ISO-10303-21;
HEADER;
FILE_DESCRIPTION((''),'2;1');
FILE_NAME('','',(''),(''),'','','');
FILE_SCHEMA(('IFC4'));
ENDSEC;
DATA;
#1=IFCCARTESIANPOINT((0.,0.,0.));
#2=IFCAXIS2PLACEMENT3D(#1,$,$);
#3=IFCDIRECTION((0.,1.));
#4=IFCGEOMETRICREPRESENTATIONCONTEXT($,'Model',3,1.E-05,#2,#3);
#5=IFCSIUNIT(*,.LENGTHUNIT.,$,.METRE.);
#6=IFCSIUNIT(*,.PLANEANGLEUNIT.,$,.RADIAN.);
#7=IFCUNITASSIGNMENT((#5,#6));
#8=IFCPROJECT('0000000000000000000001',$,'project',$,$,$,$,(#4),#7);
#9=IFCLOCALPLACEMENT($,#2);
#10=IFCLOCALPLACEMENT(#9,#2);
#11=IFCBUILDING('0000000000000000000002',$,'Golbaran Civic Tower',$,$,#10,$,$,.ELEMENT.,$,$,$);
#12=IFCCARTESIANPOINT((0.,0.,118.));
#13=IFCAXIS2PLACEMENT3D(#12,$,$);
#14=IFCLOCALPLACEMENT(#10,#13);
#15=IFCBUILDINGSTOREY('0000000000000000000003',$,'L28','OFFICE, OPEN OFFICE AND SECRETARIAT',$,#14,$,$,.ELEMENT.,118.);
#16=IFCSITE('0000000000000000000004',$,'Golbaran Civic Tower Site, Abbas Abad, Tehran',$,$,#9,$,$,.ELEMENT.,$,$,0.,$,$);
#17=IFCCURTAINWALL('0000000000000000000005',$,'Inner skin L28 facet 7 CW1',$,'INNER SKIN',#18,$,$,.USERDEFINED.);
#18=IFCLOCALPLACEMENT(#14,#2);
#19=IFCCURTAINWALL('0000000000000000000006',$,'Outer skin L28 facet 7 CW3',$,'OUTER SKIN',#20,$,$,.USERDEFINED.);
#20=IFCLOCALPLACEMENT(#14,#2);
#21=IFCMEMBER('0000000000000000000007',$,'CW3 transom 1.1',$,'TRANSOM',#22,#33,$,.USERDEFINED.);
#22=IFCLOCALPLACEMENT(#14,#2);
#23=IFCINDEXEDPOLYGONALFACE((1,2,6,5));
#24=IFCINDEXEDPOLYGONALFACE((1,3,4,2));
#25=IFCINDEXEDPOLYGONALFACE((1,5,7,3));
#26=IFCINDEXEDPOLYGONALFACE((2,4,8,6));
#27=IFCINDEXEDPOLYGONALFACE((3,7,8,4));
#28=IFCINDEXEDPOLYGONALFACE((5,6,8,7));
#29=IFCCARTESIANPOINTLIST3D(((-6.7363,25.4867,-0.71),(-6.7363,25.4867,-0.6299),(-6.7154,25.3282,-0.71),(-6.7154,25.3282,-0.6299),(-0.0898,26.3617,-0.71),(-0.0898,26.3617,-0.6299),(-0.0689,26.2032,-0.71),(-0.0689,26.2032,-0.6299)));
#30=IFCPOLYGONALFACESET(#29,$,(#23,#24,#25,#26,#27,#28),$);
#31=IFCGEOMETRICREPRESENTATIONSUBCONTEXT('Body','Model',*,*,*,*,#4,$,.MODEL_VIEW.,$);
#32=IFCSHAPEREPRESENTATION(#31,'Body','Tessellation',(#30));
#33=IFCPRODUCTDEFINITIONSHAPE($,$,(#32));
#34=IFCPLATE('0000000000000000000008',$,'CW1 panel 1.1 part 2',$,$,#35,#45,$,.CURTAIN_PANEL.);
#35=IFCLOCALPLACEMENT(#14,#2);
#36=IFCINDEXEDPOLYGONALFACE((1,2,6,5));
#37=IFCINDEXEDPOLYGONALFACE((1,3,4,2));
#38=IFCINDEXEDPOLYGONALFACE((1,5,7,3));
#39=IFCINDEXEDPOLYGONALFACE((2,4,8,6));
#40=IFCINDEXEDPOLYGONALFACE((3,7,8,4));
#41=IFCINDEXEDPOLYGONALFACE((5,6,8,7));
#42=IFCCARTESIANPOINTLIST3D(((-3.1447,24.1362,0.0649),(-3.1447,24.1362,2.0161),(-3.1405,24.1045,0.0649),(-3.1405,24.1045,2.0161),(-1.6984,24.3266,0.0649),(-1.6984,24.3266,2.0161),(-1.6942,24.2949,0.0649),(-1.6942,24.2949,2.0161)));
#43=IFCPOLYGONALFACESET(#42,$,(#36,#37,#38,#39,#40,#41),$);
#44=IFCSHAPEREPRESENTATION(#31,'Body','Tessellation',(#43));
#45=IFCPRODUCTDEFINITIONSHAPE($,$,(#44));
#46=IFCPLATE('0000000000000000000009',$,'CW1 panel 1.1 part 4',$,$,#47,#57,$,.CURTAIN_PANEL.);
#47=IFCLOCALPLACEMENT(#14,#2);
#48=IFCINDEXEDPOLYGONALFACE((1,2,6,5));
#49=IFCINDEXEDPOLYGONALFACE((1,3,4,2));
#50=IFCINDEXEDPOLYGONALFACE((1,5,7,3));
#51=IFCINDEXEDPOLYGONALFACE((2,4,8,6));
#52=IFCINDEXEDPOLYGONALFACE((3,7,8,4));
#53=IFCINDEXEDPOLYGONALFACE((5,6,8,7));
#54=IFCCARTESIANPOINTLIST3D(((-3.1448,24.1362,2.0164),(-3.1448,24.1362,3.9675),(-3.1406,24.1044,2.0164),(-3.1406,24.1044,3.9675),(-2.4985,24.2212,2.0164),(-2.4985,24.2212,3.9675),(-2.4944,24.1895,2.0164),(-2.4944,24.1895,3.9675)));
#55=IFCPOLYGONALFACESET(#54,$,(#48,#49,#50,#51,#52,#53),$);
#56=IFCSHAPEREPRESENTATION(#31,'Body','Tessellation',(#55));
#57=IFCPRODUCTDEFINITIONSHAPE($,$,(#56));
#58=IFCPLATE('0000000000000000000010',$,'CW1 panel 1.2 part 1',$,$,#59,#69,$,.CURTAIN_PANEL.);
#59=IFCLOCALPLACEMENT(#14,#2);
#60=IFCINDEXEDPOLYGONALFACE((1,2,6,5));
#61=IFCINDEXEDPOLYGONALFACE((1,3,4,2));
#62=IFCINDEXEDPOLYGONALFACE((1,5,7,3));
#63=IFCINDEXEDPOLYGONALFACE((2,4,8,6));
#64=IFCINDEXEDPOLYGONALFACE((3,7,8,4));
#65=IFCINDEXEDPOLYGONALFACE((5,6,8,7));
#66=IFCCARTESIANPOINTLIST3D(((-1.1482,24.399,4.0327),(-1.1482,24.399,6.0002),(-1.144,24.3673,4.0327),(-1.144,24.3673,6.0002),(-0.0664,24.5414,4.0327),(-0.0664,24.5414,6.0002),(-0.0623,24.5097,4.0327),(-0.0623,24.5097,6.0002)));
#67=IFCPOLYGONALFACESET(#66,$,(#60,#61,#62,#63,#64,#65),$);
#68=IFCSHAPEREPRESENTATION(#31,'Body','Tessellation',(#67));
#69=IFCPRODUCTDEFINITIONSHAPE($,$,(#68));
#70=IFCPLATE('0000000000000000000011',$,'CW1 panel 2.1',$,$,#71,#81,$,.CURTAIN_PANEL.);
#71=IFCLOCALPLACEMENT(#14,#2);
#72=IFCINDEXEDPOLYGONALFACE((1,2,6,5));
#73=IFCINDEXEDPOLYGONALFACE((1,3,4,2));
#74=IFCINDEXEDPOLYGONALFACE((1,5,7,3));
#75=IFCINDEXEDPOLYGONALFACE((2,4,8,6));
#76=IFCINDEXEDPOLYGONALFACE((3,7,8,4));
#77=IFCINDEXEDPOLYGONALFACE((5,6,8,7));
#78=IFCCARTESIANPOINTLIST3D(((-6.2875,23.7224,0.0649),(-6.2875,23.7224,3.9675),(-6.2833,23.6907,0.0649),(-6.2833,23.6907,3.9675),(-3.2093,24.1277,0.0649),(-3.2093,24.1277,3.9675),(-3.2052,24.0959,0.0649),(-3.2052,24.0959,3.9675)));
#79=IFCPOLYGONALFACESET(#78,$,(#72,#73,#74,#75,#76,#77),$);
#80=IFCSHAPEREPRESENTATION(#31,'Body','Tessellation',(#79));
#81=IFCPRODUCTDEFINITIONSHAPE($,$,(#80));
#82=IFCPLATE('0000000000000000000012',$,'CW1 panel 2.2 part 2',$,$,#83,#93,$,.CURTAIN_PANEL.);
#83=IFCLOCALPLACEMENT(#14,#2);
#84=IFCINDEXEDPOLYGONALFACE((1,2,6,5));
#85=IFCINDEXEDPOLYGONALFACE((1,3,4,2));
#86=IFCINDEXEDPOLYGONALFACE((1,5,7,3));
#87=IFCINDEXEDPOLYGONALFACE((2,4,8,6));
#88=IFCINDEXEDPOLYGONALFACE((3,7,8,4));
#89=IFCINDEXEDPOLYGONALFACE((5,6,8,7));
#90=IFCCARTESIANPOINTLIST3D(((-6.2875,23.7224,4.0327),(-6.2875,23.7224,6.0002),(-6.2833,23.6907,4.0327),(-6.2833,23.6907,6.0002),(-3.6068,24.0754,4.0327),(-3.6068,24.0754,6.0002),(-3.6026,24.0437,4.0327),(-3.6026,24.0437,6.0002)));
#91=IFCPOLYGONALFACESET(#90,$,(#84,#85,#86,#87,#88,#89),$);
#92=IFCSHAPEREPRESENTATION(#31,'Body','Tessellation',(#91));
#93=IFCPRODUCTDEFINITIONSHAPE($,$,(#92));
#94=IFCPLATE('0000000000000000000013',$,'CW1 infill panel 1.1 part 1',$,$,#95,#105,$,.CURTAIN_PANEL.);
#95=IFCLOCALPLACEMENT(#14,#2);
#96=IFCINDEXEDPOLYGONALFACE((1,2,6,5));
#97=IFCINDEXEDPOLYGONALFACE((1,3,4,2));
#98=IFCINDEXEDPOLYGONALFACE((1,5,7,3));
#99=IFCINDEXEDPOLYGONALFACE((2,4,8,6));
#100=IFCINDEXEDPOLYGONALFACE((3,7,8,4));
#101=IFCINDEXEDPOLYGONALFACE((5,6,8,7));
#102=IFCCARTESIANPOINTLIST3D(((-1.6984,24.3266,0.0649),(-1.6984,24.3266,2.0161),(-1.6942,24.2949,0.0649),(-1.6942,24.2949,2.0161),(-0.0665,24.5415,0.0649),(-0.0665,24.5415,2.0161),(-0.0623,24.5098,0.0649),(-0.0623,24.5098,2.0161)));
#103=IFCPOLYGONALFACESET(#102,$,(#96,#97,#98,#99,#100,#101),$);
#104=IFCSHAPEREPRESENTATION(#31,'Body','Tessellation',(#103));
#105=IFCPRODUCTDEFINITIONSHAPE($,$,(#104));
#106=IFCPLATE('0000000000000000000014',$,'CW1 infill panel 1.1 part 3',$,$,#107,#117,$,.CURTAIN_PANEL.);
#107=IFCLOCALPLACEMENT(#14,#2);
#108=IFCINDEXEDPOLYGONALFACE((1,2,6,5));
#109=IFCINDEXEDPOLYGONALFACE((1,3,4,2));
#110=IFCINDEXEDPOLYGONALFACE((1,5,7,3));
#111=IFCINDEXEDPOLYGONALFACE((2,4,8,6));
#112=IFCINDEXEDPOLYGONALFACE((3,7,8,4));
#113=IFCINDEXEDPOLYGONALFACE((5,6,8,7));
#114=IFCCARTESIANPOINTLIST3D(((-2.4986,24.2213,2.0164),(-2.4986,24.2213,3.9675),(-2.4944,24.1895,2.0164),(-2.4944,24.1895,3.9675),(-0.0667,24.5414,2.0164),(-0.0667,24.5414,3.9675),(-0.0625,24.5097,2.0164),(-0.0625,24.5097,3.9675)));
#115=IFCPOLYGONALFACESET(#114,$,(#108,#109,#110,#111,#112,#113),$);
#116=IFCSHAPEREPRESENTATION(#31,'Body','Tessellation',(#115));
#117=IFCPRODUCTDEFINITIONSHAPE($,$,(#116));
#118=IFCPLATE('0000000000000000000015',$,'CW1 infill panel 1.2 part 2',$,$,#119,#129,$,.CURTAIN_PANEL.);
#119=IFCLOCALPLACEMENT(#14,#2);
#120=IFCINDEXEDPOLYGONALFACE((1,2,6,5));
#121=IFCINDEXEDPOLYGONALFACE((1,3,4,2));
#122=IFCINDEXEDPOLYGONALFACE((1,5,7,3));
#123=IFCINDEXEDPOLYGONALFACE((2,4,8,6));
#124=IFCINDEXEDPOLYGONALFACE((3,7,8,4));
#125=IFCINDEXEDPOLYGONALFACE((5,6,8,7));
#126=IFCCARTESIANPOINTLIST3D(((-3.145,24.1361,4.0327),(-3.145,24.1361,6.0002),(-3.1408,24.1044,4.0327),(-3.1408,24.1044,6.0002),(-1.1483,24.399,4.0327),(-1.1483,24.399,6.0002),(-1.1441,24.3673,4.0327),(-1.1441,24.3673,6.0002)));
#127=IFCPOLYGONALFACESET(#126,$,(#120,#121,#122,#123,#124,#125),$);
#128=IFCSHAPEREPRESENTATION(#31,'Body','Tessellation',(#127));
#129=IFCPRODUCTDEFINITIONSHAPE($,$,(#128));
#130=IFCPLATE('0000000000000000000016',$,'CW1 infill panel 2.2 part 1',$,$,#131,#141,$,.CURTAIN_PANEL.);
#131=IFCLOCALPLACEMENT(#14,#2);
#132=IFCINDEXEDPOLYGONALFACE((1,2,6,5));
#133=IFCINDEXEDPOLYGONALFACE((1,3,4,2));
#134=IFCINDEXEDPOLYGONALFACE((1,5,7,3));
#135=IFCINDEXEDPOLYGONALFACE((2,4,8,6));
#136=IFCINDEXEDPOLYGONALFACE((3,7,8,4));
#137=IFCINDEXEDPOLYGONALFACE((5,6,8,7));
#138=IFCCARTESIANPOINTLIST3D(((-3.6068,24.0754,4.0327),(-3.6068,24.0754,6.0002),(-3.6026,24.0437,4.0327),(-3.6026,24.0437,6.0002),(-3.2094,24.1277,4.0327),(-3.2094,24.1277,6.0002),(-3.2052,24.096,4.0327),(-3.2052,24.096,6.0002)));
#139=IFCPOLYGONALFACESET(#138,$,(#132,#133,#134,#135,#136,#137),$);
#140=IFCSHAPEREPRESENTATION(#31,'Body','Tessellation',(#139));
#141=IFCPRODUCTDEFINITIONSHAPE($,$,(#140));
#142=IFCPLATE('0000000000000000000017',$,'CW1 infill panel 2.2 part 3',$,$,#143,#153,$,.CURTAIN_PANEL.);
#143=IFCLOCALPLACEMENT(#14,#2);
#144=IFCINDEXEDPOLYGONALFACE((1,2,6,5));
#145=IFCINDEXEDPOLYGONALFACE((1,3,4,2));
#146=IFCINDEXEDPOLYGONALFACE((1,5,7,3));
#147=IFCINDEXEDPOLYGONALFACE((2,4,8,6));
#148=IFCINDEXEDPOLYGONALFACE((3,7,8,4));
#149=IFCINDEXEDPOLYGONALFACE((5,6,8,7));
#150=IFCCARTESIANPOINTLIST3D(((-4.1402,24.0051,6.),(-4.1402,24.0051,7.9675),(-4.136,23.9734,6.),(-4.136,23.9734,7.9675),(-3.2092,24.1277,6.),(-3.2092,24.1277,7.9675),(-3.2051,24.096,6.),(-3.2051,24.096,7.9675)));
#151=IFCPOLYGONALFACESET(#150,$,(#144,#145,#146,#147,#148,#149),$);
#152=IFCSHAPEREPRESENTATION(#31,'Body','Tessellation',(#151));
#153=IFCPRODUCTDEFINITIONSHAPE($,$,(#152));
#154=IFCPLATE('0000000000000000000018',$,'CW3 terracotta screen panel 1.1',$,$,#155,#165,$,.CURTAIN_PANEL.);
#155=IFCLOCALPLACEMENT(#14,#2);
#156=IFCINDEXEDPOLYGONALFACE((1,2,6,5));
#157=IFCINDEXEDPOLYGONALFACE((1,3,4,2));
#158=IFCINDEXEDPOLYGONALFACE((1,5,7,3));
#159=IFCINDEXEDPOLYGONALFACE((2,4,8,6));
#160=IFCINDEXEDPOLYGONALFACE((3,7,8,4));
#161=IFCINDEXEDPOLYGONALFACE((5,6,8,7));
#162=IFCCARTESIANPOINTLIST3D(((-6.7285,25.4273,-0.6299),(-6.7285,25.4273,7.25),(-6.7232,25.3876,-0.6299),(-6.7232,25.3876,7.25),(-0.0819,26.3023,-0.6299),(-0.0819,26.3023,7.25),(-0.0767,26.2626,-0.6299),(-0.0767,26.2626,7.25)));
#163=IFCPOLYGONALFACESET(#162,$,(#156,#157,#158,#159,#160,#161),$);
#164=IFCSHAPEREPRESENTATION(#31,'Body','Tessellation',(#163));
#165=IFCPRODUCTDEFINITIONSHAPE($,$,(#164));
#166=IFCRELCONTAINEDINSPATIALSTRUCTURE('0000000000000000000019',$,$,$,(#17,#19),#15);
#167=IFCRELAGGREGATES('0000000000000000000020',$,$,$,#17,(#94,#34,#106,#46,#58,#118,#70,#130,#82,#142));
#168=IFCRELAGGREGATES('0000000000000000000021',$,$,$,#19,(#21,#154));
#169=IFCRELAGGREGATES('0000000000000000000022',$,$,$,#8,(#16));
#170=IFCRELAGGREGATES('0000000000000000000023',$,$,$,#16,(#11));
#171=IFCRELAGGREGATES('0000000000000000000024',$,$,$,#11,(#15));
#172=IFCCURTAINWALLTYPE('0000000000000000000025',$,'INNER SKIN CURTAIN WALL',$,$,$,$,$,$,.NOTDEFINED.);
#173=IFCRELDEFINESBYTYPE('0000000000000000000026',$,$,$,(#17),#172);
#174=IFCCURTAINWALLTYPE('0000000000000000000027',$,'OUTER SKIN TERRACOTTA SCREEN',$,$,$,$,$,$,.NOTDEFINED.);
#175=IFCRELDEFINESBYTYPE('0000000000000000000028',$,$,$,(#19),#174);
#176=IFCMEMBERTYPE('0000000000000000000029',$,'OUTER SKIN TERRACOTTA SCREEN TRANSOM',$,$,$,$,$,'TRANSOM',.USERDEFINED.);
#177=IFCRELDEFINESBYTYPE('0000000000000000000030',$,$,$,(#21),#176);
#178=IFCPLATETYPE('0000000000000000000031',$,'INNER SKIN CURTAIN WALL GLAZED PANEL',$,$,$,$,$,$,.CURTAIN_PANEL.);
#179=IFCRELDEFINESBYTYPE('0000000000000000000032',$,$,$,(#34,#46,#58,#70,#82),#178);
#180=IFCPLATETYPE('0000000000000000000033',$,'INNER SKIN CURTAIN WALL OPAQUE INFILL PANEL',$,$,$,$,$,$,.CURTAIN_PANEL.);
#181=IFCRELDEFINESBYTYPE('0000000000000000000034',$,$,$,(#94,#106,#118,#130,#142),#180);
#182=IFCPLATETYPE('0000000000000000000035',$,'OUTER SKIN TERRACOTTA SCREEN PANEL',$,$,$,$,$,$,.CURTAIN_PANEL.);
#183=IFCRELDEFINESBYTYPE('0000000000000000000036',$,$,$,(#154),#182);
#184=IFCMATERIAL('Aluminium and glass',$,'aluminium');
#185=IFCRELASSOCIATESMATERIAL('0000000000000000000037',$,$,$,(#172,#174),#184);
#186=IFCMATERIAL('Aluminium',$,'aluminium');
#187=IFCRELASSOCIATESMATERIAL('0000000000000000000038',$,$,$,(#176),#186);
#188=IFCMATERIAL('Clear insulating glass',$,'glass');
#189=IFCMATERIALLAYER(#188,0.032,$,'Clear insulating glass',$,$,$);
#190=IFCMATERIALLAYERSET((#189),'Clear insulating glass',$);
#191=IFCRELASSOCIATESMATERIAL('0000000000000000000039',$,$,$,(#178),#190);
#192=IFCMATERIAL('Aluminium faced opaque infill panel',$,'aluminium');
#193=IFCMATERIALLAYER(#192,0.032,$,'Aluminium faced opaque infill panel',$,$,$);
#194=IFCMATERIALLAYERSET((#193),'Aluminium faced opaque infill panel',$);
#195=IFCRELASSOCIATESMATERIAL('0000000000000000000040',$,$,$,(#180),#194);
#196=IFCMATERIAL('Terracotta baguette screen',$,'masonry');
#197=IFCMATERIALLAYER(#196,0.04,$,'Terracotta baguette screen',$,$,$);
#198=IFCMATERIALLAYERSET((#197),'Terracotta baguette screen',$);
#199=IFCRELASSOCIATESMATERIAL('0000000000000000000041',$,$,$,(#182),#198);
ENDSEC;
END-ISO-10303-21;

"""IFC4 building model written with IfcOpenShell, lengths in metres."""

from ifc_helpers import new_model, si_unit, direction, frame, origin, origin_2d, place, context, subcontext, project, spatial, rectangle, extrude, material, layer, layer_set, material_profile, profile_set, type_object, element, aggregate, save


model = new_model("IFC4")

# Units and contexts
model_context = context("Model", 3, precision=1e-05, world=origin(), true_north=direction((0.0, 1.0)))
body_context = subcontext(model_context, "Body", "Model", "MODEL_VIEW")
ifc_project = project(units=[si_unit("LENGTHUNIT", "METRE"), si_unit("PLANEANGLEUNIT", "RADIAN")], contexts=[model_context])

# Site, building, storey
site_placement = place(None, origin())
site = spatial("IfcSite", under=ifc_project, at=site_placement, Name="Golbaran Civic Tower Site, Abbas Abad, Tehran", CompositionType="ELEMENT", RefElevation=0.0)
building_placement = place(site_placement, origin())
building = spatial("IfcBuilding", under=site, at=building_placement, Name="Golbaran Civic Tower", CompositionType="ELEMENT")
storey_placement = place(building_placement, frame((0.0, 0.0, 118.0)))
storey = spatial("IfcBuildingStorey", under=building, at=storey_placement, Name="L28", Description="OFFICE, OPEN OFFICE AND SECRETARIAT", CompositionType="ELEMENT", Elevation=118.0)

# Curtain walls, member
ifc_material_1 = material(Name="Aluminium and glass", Category="aluminium")
curtain_wall_type_1 = type_object("IfcCurtainWallType", Name="INNER SKIN CURTAIN WALL", PredefinedType="NOTDEFINED", material=ifc_material_1)
curtain_wall_1_placement = place(storey_placement, origin())
curtain_wall_1 = element("IfcCurtainWall", 1, at=curtain_wall_1_placement, inside=storey, type_object=curtain_wall_type_1, Name="Inner skin L28 facet 7 CW1", ObjectType="INNER SKIN", PredefinedType="USERDEFINED")
ifc_material_2 = material(Name="Aluminium", Category="aluminium")
curtain_wall_type_2 = type_object("IfcCurtainWallType", Name="OUTER SKIN TERRACOTTA SCREEN", PredefinedType="NOTDEFINED", material=ifc_material_1)
curtain_wall_2_placement = place(storey_placement, origin())
curtain_wall_2 = element("IfcCurtainWall", 2, at=curtain_wall_2_placement, inside=storey, type_object=curtain_wall_type_2, Name="Outer skin L28 facet 7 CW3", ObjectType="OUTER SKIN", PredefinedType="USERDEFINED")
ifc_material_profile_1 = material_profile(ifc_material_2, rectangle(XDim=0.1599, YDim=0.0801, at=origin_2d()), Name="OUTER SKIN TERRACOTTA SCREEN TRANSOM")
ifc_profile_set_1 = profile_set([ifc_material_profile_1], Name="Aluminium")
member_type_1 = type_object("IfcMemberType", Name="OUTER SKIN TERRACOTTA SCREEN TRANSOM", ElementType="TRANSOM", PredefinedType="USERDEFINED", material=ifc_profile_set_1)
member_1_placement = place(storey_placement, frame((-0.0793, 26.2825, -0.6699), z_axis=(-0.991445, -0.130522, 0.0), x_axis=(0.130522, -0.991445, 0.0)))
member_1 = element("IfcMember", 3, at=member_1_placement, type_object=member_type_1, Name="CW3 transom 1.1", ObjectType="TRANSOM", PredefinedType="USERDEFINED", context=body_context, shape_type="SweptSolid", body=[
    extrude(rectangle(XDim=0.1599, YDim=0.0801, at=origin_2d()), origin(), (0.0, 0.0, 1.0), 6.7039),
])

# Plates
ifc_material_3 = material(Name="Clear insulating glass", Category="glass")
ifc_layer_1 = layer(ifc_material_3, 0.032, Name="Clear insulating glass")
ifc_layer_set_1 = layer_set([ifc_layer_1], Name="Clear insulating glass")
plate_type_1 = type_object("IfcPlateType", Name="INNER SKIN CURTAIN WALL GLAZED PANEL", PredefinedType="CURTAIN_PANEL", material=ifc_layer_set_1)
plate_1_placement = place(storey_placement, frame((-2.4194, 24.2156, 0.0649), z_axis=(0.0, 0.0, 1.0), x_axis=(-0.991445, -0.130526, 0.0)))
plate_1 = element("IfcPlate", 4, at=plate_1_placement, type_object=plate_type_1, Name="CW1 panel 1.1 part 2", PredefinedType="CURTAIN_PANEL", context=body_context, shape_type="SweptSolid", body=[
    extrude(rectangle(XDim=1.4587, YDim=0.032, at=origin_2d()), origin(), (0.0, 0.0, 1.0), 1.9512),
])
plate_2_placement = place(storey_placement, frame((-2.8196, 24.1628, 2.0164), z_axis=(0.0, 0.0, 1.0), x_axis=(-0.991445, -0.130526, 0.0)))
plate_2 = element("IfcPlate", 5, at=plate_2_placement, type_object=plate_type_1, Name="CW1 panel 1.1 part 4", PredefinedType="CURTAIN_PANEL", context=body_context, shape_type="SweptSolid", body=[
    extrude(rectangle(XDim=0.6519, YDim=0.032, at=origin_2d()), origin(), (0.0, 0.0, 1.0), 1.9512),
])
plate_3_placement = place(storey_placement, frame((-0.6052, 24.4543, 4.0327), z_axis=(0.0, 0.0, 1.0), x_axis=(-0.991445, -0.130526, 0.0)))
plate_3 = element("IfcPlate", 6, at=plate_3_placement, type_object=plate_type_1, Name="CW1 panel 1.2 part 1", PredefinedType="CURTAIN_PANEL", context=body_context, shape_type="SweptSolid", body=[
    extrude(rectangle(XDim=1.0911, YDim=0.032, at=origin_2d()), origin(), (0.0, 0.0, 1.0), 1.9675),
])
plate_4_placement = place(storey_placement, frame((-4.7463, 23.9092, 0.0649), z_axis=(0.0, 0.0, 1.0), x_axis=(-0.991445, -0.130526, 0.0)))
plate_4 = element("IfcPlate", 7, at=plate_4_placement, type_object=plate_type_1, Name="CW1 panel 2.1", PredefinedType="CURTAIN_PANEL", context=body_context, shape_type="SweptSolid", body=[
    extrude(rectangle(XDim=3.1047, YDim=0.032, at=origin_2d()), origin(), (0.0, 0.0, 1.0), 3.9026),
])
plate_5_placement = place(storey_placement, frame((-4.9451, 23.8831, 4.0327), z_axis=(0.0, 0.0, 1.0), x_axis=(-0.991445, -0.130526, 0.0)))
plate_5 = element("IfcPlate", 8, at=plate_5_placement, type_object=plate_type_1, Name="CW1 panel 2.2 part 2", PredefinedType="CURTAIN_PANEL", context=body_context, shape_type="SweptSolid", body=[
    extrude(rectangle(XDim=2.7039, YDim=0.032, at=origin_2d()), origin(), (0.0, 0.0, 1.0), 1.9675),
])
ifc_material_4 = material(Name="Aluminium faced opaque infill panel", Category="aluminium")
ifc_layer_2 = layer(ifc_material_4, 0.032, Name="Aluminium faced opaque infill panel")
ifc_layer_set_2 = layer_set([ifc_layer_2], Name="Aluminium faced opaque infill panel")
plate_type_2 = type_object("IfcPlateType", Name="INNER SKIN CURTAIN WALL OPAQUE INFILL PANEL", PredefinedType="CURTAIN_PANEL", material=ifc_layer_set_2)
plate_6_placement = place(storey_placement, frame((-0.8804, 24.4182, 0.0649), z_axis=(0.0, 0.0, 1.0), x_axis=(-0.991445, -0.130526, 0.0)))
plate_6 = element("IfcPlate", 9, at=plate_6_placement, type_object=plate_type_2, Name="CW1 infill panel 1.1 part 1", PredefinedType="CURTAIN_PANEL", context=body_context, shape_type="SweptSolid", body=[
    extrude(rectangle(XDim=1.646, YDim=0.032, at=origin_2d()), origin(), (0.0, 0.0, 1.0), 1.9512),
])
plate_7_placement = place(storey_placement, frame((-1.2805, 24.3655, 2.0164), z_axis=(0.0, 0.0, 1.0), x_axis=(-0.991445, -0.130526, 0.0)))
plate_7 = element("IfcPlate", 10, at=plate_7_placement, type_object=plate_type_2, Name="CW1 infill panel 1.1 part 3", PredefinedType="CURTAIN_PANEL", context=body_context, shape_type="SweptSolid", body=[
    extrude(rectangle(XDim=2.4529, YDim=0.032, at=origin_2d()), origin(), (0.0, 0.0, 1.0), 1.9512),
])
plate_8_placement = place(storey_placement, frame((-2.1445, 24.2517, 4.0327), z_axis=(0.0, 0.0, 1.0), x_axis=(-0.991445, -0.130526, 0.0)))
plate_8 = element("IfcPlate", 11, at=plate_8_placement, type_object=plate_type_2, Name="CW1 infill panel 1.2 part 2", PredefinedType="CURTAIN_PANEL", context=body_context, shape_type="SweptSolid", body=[
    extrude(rectangle(XDim=2.0139, YDim=0.032, at=origin_2d()), origin(), (0.0, 0.0, 1.0), 1.9675),
])
plate_9_placement = place(storey_placement, frame((-3.406, 24.0857, 4.0327), z_axis=(0.0, 0.0, 1.0), x_axis=(-0.991445, -0.130526, 0.0)))
plate_9 = element("IfcPlate", 12, at=plate_9_placement, type_object=plate_type_2, Name="CW1 infill panel 2.2 part 1", PredefinedType="CURTAIN_PANEL", context=body_context, shape_type="SweptSolid", body=[
    extrude(rectangle(XDim=0.4009, YDim=0.032, at=origin_2d()), origin(), (0.0, 0.0, 1.0), 1.9675),
])
plate_10_placement = place(storey_placement, frame((-3.6726, 24.0505, 6.0), z_axis=(0.0, 0.0, 1.0), x_axis=(-0.991445, -0.130526, 0.0)))
plate_10 = element("IfcPlate", 13, at=plate_10_placement, type_object=plate_type_2, Name="CW1 infill panel 2.2 part 3", PredefinedType="CURTAIN_PANEL", context=body_context, shape_type="SweptSolid", body=[
    extrude(rectangle(XDim=0.939, YDim=0.032, at=origin_2d()), origin(), (0.0, 0.0, 1.0), 1.9675),
])
aggregate(curtain_wall_1, [plate_6, plate_1, plate_7, plate_2, plate_3, plate_8, plate_4, plate_9, plate_5, plate_10])
ifc_material_5 = material(Name="Terracotta baguette screen", Category="masonry")
ifc_layer_3 = layer(ifc_material_5, 0.04, Name="Terracotta baguette screen")
ifc_layer_set_3 = layer_set([ifc_layer_3], Name="Terracotta baguette screen")
plate_type_3 = type_object("IfcPlateType", Name="OUTER SKIN TERRACOTTA SCREEN PANEL", PredefinedType="CURTAIN_PANEL", material=ifc_layer_set_3)
plate_11_placement = place(storey_placement, frame((-3.4026, 25.845, -0.6299), z_axis=(0.0, 0.0, 1.0), x_axis=(-0.991445, -0.130526, 0.0)))
plate_11 = element("IfcPlate", 14, at=plate_11_placement, type_object=plate_type_3, Name="CW3 terracotta screen panel 1.1", PredefinedType="CURTAIN_PANEL", context=body_context, shape_type="SweptSolid", body=[
    extrude(rectangle(XDim=6.7039, YDim=0.04, at=origin_2d()), origin(), (0.0, 0.0, 1.0), 7.8799),
])
aggregate(curtain_wall_2, [member_1, plate_11])

save(model, "model.ifc")
